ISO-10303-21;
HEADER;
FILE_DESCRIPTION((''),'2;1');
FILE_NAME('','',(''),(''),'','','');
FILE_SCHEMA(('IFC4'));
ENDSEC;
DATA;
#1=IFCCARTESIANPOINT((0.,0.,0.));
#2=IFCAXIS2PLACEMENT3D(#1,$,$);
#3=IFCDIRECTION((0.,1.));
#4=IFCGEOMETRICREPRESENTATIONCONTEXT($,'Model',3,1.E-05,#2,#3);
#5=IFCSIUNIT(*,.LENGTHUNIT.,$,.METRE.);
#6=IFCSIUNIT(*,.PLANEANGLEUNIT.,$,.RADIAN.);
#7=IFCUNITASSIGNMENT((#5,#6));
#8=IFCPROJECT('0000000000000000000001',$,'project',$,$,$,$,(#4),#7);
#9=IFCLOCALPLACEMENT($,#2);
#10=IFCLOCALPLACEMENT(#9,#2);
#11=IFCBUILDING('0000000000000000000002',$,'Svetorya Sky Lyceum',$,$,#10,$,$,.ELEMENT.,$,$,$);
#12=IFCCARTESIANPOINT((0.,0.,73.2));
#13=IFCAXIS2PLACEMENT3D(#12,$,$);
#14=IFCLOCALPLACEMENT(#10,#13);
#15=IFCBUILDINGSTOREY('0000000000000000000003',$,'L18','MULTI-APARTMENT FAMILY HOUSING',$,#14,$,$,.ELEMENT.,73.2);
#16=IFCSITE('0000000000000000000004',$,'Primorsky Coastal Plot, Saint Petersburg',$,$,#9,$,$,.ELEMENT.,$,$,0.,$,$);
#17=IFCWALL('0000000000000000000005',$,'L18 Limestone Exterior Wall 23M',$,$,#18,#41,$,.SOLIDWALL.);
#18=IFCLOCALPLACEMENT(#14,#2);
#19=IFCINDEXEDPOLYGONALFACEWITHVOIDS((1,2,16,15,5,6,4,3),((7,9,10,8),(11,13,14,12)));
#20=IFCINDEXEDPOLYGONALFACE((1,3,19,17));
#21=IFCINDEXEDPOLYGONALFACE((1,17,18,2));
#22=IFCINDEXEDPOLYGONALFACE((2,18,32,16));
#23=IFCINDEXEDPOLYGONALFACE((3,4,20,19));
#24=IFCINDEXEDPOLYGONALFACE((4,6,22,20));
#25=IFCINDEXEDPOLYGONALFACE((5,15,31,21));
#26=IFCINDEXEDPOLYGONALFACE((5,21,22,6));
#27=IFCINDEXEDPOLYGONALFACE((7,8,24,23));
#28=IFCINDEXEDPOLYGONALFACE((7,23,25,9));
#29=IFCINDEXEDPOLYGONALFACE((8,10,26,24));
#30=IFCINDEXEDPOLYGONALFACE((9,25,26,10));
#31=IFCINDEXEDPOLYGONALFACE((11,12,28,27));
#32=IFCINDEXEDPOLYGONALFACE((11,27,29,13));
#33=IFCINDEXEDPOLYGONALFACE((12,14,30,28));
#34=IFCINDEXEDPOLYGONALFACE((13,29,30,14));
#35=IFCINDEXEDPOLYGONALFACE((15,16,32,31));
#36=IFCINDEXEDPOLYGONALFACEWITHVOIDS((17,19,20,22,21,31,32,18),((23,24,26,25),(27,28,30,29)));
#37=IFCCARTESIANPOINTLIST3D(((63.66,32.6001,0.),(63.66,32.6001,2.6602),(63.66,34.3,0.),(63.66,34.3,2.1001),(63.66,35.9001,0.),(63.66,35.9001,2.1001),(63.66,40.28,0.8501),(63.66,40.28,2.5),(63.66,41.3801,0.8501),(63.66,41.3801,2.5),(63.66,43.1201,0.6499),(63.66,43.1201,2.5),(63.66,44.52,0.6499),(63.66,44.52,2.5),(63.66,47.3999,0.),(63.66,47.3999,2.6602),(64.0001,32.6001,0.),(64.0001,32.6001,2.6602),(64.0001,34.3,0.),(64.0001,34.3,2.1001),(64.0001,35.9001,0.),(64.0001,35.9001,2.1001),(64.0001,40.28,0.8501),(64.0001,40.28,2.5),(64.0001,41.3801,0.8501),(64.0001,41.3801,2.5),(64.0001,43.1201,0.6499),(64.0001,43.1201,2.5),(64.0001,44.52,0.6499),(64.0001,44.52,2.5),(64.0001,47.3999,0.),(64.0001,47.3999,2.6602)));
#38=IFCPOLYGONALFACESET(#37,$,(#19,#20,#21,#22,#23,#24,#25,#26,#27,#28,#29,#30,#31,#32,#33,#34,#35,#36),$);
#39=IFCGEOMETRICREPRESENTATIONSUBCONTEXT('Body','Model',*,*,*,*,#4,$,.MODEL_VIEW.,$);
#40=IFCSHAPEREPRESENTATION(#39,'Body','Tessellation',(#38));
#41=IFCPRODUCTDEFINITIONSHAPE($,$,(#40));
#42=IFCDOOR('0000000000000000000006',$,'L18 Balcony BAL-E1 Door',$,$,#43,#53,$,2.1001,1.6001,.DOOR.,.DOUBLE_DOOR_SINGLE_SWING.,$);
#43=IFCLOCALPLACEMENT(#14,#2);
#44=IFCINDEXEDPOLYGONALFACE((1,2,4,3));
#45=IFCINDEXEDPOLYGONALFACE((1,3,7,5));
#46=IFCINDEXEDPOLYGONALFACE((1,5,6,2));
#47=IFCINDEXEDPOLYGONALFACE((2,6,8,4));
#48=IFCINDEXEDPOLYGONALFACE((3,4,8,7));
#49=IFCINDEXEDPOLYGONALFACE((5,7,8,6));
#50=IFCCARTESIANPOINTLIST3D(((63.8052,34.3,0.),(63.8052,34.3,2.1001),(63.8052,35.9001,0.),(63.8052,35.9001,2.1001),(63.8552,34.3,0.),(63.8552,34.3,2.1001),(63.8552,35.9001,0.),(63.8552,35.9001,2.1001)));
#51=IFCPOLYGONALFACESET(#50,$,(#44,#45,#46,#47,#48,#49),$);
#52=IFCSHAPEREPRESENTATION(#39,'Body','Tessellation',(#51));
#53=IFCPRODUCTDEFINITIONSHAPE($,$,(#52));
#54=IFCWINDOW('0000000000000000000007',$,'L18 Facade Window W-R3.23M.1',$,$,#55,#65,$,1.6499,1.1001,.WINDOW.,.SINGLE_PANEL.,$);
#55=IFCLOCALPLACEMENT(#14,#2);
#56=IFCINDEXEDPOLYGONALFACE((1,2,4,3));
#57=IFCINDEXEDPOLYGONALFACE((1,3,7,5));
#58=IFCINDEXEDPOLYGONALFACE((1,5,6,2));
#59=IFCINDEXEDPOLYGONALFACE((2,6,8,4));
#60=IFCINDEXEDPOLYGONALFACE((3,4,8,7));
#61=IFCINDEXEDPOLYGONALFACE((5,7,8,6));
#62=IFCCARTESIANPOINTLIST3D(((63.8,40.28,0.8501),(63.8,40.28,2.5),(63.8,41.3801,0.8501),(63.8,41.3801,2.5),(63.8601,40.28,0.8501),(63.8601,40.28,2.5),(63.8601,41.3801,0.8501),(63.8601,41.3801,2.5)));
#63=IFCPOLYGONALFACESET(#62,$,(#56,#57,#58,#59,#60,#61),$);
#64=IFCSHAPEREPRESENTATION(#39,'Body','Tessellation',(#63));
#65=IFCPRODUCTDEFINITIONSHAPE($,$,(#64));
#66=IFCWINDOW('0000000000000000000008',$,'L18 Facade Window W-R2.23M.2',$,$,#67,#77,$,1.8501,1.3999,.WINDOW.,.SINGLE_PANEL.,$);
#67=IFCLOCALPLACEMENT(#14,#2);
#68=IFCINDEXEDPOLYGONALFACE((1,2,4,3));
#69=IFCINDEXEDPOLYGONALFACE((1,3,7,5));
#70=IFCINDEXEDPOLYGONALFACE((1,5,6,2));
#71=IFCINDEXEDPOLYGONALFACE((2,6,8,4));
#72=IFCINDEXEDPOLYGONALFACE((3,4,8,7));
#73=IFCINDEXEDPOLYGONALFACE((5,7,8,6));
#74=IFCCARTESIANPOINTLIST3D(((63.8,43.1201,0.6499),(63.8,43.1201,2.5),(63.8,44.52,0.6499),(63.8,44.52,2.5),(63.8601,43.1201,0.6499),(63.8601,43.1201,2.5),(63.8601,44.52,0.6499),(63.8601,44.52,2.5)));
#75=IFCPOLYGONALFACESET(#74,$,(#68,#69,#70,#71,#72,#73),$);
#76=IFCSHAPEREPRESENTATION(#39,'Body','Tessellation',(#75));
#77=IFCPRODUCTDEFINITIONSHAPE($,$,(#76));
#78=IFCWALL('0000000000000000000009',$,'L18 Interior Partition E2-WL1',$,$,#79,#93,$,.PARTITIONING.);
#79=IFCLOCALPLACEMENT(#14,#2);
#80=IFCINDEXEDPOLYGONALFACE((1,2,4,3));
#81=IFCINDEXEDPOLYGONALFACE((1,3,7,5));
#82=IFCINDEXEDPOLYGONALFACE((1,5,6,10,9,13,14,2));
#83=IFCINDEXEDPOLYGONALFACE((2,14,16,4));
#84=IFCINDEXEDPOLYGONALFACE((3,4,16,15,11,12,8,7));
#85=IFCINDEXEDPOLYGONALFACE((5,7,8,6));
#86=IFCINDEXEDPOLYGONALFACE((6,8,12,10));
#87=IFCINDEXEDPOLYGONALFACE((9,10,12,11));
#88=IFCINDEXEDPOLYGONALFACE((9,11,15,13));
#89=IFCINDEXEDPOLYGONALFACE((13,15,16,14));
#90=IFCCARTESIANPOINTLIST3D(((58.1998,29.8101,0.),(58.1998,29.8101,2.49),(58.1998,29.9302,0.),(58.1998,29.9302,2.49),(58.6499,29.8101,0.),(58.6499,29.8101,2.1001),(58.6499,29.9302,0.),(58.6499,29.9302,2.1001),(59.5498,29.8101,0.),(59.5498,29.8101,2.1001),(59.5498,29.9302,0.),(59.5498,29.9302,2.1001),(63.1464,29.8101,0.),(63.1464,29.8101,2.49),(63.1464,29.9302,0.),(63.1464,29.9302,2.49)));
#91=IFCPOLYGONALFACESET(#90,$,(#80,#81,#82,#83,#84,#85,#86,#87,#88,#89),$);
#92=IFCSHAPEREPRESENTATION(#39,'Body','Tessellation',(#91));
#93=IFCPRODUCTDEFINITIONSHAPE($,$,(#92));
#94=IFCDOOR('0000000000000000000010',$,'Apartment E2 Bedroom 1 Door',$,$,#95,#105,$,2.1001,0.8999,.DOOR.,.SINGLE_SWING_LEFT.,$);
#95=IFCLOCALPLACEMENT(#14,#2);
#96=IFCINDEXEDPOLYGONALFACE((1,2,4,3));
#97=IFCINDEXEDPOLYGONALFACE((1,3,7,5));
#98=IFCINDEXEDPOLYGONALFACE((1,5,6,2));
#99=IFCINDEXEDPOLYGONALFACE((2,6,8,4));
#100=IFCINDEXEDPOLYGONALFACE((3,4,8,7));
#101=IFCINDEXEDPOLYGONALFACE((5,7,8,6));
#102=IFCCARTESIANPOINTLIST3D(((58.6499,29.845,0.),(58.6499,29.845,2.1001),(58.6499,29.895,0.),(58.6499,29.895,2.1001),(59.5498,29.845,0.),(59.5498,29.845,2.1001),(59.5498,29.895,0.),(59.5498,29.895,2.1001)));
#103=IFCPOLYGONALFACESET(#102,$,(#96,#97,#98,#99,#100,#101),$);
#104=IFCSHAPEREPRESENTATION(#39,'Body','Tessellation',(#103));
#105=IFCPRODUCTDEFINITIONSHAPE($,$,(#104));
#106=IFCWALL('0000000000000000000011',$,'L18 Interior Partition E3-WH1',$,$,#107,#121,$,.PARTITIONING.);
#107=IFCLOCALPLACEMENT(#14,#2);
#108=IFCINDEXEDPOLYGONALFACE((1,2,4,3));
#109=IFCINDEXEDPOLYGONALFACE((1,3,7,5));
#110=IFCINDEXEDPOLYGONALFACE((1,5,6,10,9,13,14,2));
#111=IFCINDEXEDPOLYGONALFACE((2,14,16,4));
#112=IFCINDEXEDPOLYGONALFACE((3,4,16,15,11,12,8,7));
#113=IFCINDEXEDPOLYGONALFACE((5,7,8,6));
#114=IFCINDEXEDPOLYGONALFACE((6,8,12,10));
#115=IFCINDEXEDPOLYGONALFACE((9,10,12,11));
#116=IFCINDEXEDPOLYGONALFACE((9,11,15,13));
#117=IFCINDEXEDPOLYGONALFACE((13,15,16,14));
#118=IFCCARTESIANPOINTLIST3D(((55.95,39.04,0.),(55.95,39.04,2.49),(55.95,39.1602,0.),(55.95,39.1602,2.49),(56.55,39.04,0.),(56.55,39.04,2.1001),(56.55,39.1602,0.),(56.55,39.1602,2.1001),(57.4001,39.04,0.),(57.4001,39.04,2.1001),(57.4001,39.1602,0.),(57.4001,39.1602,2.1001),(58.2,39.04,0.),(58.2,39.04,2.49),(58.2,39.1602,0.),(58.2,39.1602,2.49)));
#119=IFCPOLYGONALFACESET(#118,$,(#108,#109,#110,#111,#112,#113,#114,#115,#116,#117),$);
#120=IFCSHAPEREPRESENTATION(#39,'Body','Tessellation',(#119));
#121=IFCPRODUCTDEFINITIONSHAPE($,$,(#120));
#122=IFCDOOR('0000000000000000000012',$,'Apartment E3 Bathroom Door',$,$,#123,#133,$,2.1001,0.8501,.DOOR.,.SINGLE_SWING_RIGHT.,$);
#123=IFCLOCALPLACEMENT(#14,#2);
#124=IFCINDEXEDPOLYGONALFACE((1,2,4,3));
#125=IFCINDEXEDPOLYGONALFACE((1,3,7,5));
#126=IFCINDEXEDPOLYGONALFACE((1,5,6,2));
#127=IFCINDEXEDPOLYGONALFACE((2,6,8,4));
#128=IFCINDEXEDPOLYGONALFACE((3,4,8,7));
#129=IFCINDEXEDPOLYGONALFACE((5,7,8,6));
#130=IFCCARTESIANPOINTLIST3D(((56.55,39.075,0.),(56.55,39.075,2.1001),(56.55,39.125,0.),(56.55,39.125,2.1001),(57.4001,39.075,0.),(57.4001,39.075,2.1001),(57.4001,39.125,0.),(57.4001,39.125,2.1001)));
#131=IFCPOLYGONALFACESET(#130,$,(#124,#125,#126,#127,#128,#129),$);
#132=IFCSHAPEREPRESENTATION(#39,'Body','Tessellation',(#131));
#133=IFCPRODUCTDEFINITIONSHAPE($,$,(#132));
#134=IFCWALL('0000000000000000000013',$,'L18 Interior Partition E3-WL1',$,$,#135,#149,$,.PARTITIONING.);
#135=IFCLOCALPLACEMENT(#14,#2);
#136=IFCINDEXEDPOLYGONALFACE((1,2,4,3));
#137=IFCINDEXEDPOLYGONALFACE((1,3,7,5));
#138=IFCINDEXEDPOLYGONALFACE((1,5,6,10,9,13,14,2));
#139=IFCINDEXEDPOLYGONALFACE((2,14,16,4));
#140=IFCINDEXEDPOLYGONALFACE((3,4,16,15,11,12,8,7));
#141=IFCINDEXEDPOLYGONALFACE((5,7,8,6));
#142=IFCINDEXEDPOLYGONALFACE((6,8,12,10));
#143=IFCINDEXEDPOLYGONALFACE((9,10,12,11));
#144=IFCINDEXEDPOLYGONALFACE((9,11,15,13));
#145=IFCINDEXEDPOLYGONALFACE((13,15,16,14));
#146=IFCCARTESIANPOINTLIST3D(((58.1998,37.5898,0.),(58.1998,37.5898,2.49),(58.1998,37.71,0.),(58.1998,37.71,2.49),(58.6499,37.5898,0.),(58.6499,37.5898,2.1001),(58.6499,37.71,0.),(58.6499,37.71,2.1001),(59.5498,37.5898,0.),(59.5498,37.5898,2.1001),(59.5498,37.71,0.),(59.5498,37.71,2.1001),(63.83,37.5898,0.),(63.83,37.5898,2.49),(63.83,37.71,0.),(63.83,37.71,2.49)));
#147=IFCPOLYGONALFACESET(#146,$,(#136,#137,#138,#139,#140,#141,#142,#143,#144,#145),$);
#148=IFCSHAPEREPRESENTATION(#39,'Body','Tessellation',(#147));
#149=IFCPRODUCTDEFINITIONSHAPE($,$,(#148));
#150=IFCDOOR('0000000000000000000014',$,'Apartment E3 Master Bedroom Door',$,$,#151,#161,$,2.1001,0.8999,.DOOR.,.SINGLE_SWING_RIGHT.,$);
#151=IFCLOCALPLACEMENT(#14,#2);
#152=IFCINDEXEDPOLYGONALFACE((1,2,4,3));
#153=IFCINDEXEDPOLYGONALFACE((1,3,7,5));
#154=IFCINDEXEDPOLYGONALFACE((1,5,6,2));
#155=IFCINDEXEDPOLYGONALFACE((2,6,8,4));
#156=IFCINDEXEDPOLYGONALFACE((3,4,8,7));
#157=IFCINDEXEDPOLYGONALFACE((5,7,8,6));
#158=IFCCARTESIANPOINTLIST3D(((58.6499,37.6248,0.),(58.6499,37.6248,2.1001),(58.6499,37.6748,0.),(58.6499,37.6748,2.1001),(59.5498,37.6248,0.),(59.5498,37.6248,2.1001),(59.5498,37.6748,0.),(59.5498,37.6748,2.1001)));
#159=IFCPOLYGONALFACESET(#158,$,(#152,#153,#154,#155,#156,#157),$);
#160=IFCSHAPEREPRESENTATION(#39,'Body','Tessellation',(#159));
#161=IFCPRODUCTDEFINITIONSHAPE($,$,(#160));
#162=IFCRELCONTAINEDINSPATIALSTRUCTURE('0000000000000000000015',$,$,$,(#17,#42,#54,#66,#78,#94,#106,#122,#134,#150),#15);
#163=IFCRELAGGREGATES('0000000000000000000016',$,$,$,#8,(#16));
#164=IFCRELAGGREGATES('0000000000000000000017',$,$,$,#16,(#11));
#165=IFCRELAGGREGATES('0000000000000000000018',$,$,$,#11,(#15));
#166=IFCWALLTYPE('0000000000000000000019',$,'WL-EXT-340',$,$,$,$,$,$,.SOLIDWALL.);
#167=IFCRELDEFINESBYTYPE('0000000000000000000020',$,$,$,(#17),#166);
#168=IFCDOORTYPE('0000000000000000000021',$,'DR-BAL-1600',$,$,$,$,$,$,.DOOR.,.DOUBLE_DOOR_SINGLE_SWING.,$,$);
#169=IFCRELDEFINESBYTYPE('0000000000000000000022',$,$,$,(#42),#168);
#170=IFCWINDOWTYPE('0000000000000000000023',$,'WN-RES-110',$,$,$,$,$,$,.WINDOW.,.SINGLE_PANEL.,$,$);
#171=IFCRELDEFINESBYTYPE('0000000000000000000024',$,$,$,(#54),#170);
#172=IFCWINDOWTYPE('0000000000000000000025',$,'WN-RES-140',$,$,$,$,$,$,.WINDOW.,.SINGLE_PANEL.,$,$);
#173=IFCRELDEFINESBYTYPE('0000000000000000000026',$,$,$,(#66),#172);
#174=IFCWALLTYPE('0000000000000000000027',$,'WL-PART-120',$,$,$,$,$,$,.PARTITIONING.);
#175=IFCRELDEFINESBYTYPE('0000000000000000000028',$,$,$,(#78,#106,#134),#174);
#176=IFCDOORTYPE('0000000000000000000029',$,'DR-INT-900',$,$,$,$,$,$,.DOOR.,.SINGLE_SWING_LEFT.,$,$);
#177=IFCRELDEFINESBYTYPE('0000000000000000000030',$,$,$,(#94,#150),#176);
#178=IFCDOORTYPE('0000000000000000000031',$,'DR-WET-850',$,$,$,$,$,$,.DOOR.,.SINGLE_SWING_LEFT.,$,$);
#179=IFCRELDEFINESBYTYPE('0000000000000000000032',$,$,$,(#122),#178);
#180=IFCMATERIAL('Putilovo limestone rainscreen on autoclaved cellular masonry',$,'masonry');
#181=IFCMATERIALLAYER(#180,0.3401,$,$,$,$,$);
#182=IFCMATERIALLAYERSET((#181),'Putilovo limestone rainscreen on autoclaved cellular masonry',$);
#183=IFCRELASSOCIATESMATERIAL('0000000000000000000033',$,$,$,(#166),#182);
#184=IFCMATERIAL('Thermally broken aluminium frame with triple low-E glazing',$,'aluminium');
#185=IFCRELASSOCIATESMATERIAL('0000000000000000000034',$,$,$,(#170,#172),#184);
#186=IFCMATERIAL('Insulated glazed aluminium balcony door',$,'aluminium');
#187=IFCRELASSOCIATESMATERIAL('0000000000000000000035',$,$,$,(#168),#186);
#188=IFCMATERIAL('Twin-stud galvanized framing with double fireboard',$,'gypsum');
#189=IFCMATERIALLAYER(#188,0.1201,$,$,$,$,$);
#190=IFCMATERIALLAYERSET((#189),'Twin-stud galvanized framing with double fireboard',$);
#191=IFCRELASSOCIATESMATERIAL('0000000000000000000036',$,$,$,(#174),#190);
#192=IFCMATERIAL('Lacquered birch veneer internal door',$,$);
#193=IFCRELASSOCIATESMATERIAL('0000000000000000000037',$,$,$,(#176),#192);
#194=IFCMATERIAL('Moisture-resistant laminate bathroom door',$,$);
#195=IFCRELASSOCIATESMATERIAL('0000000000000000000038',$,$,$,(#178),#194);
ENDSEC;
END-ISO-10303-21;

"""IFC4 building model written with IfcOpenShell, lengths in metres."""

from ifc_helpers import new_model, si_unit, direction, frame, frame_2d, origin, place, context, subcontext, project, spatial, rectangle, extrude, material, layer, layer_set, type_object, element, fill, save


model = new_model("IFC4")

# Units and contexts
model_context = context("Model", 3, precision=1e-05, world=origin(), true_north=direction((0.0, 1.0)))
body_context = subcontext(model_context, "Body", "Model", "MODEL_VIEW")
ifc_project = project(units=[si_unit("LENGTHUNIT", "METRE"), si_unit("PLANEANGLEUNIT", "RADIAN")], contexts=[model_context])

# Site, building, storey
site_placement = place(None, origin())
site = spatial("IfcSite", under=ifc_project, at=site_placement, Name="Primorsky Coastal Plot, Saint Petersburg", CompositionType="ELEMENT", RefElevation=0.0)
building_placement = place(site_placement, origin())
building = spatial("IfcBuilding", under=site, at=building_placement, Name="Svetorya Sky Lyceum", CompositionType="ELEMENT")
storey_placement = place(building_placement, frame((0.0, 0.0, 73.2)))
storey = spatial("IfcBuildingStorey", under=building, at=storey_placement, Name="L18", Description="MULTI-APARTMENT FAMILY HOUSING", CompositionType="ELEMENT", Elevation=73.2)

# Shared definitions
ifc_material_1 = material(Name="Putilovo limestone rainscreen on autoclaved cellular masonry", Category="masonry")
ifc_layer_1 = layer(ifc_material_1, 0.3401)
ifc_layer_set_1 = layer_set([ifc_layer_1], Name="Putilovo limestone rainscreen on autoclaved cellular masonry")
wall_type_1 = type_object("IfcWallType", Name="WL-EXT-340", PredefinedType="SOLIDWALL", material=ifc_layer_set_1)

# Shared definitions
ifc_material_2 = material(Name="Thermally broken aluminium frame with triple low-E glazing", Category="aluminium")
window_type_1 = type_object("IfcWindowType", Name="WN-RES-110", PartitioningType="SINGLE_PANEL", PredefinedType="WINDOW", material=ifc_material_2)

# Wall, openings, door, windows
wall_1_placement = place(storey_placement, frame((63.8301, 32.6001, 0.0), z_axis=(0.0, 0.0, 1.0), x_axis=(0.0, 1.0, 0.0)))
wall_1 = element("IfcWall", 1, at=wall_1_placement, inside=storey, type_object=wall_type_1, Name="L18 Limestone Exterior Wall 23M", PredefinedType="SOLIDWALL", context=body_context, shape_type="SweptSolid", body=[
    extrude(rectangle(XDim=14.7998, YDim=0.3401, at=frame_2d((7.3999, 0.0))), origin(), (0.0, 0.0, 1.0), 2.6602),
])
opening_1_placement = place(wall_1_placement, frame((1.7, 0.0, 0.0)))
opening_1 = element("IfcOpeningElement", 2, at=opening_1_placement, cuts=wall_1, PredefinedType="OPENING", context=body_context, shape_type="SweptSolid", body=[
    extrude(rectangle(XDim=1.6001, YDim=2.1001, at=frame_2d((0.8, 1.05))), frame((0.0, 0.1799, 0.0), z_axis=(0.0, -1.0, 0.0), x_axis=(1.0, 0.0, 0.0)), (0.0, 0.0, 1.0), 0.3601),
])
opening_2_placement = place(wall_1_placement, frame((7.6799, 0.0, 0.8501)))
opening_2 = element("IfcOpeningElement", 3, at=opening_2_placement, cuts=wall_1, PredefinedType="OPENING", context=body_context, shape_type="SweptSolid", body=[
    extrude(rectangle(XDim=1.1001, YDim=1.6499, at=frame_2d((0.55, 0.825))), frame((0.0, 0.1799, 0.0), z_axis=(0.0, -1.0, 0.0), x_axis=(1.0, 0.0, 0.0)), (0.0, 0.0, 1.0), 0.3601),
])
opening_3_placement = place(wall_1_placement, frame((10.52, 0.0, 0.6499)))
opening_3 = element("IfcOpeningElement", 4, at=opening_3_placement, cuts=wall_1, PredefinedType="OPENING", context=body_context, shape_type="SweptSolid", body=[
    extrude(rectangle(XDim=1.3999, YDim=1.8501, at=frame_2d((0.7, 0.925))), frame((0.0, 0.1799, 0.0), z_axis=(0.0, -1.0, 0.0), x_axis=(1.0, 0.0, 0.0)), (0.0, 0.0, 1.0), 0.3601),
])
ifc_material_3 = material(Name="Insulated glazed aluminium balcony door", Category="aluminium")
door_type_1 = type_object("IfcDoorType", Name="DR-BAL-1600", OperationType="DOUBLE_DOOR_SINGLE_SWING", PredefinedType="DOOR", material=ifc_material_3)
door_1_placement = place(opening_1_placement, origin())
door_1 = element("IfcDoor", 5, at=door_1_placement, inside=storey, type_object=door_type_1, Name="L18 Balcony BAL-E1 Door", OperationType="DOUBLE_DOOR_SINGLE_SWING", OverallHeight=2.1001, OverallWidth=1.6001, PredefinedType="DOOR", context=body_context, shape_type="SweptSolid", body=[
    extrude(rectangle(XDim=1.6001, YDim=2.1001, at=frame_2d((0.8, 1.05))), frame((0.0, 0.0249, 0.0), z_axis=(0.0, -1.0, 0.0), x_axis=(1.0, 0.0, 0.0)), (0.0, 0.0, 1.0), 0.05),
])
fill(opening_1, door_1)
window_1_placement = place(opening_2_placement, origin())
window_1 = element("IfcWindow", 6, at=window_1_placement, inside=storey, type_object=window_type_1, Name="L18 Facade Window W-R3.23M.1", OverallHeight=1.6499, OverallWidth=1.1001, PartitioningType="SINGLE_PANEL", PredefinedType="WINDOW", context=body_context, shape_type="SweptSolid", body=[
    extrude(rectangle(XDim=1.1001, YDim=1.6499, at=frame_2d((0.55, 0.825))), frame((0.0, 0.03, 0.0), z_axis=(0.0, -1.0, 0.0), x_axis=(1.0, 0.0, 0.0)), (0.0, 0.0, 1.0), 0.0601),
])
fill(opening_2, window_1)
window_type_2 = type_object("IfcWindowType", Name="WN-RES-140", PartitioningType="SINGLE_PANEL", PredefinedType="WINDOW", material=ifc_material_2)
window_2_placement = place(opening_3_placement, origin())
window_2 = element("IfcWindow", 7, at=window_2_placement, inside=storey, type_object=window_type_2, Name="L18 Facade Window W-R2.23M.2", OverallHeight=1.8501, OverallWidth=1.3999, PartitioningType="SINGLE_PANEL", PredefinedType="WINDOW", context=body_context, shape_type="SweptSolid", body=[
    extrude(rectangle(XDim=1.3999, YDim=1.8501, at=frame_2d((0.7, 0.925))), frame((0.0, 0.03, 0.0), z_axis=(0.0, -1.0, 0.0), x_axis=(1.0, 0.0, 0.0)), (0.0, 0.0, 1.0), 0.0601),
])
fill(opening_3, window_2)

# Walls, openings, doors
ifc_material_4 = material(Name="Twin-stud galvanized framing with double fireboard", Category="gypsum")
ifc_layer_2 = layer(ifc_material_4, 0.1201)
ifc_layer_set_2 = layer_set([ifc_layer_2], Name="Twin-stud galvanized framing with double fireboard")
wall_type_2 = type_object("IfcWallType", Name="WL-PART-120", PredefinedType="PARTITIONING", material=ifc_layer_set_2)
wall_2_placement = place(storey_placement, frame((58.2, 29.8701, 0.0), z_axis=(0.0, 0.0, 1.0), x_axis=(1.0, 0.0, 0.0)))
wall_2 = element("IfcWall", 8, at=wall_2_placement, inside=storey, type_object=wall_type_2, Name="L18 Interior Partition E2-WL1", PredefinedType="PARTITIONING", context=body_context, shape_type="SweptSolid", body=[
    extrude(rectangle(XDim=4.9465, YDim=0.1201, at=frame_2d((2.4731, 0.0))), origin(), (0.0, 0.0, 1.0), 2.49),
])
opening_4_placement = place(wall_2_placement, frame((0.45, 0.0, 0.0)))
opening_4 = element("IfcOpeningElement", 9, at=opening_4_placement, cuts=wall_2, PredefinedType="OPENING", context=body_context, shape_type="SweptSolid", body=[
    extrude(rectangle(XDim=0.8999, YDim=2.1001, at=frame_2d((0.45, 1.05))), frame((0.0, 0.0701, 0.0), z_axis=(0.0, -1.0, 0.0), x_axis=(1.0, 0.0, 0.0)), (0.0, 0.0, 1.0), 0.1401),
])
ifc_material_5 = material(Name="Lacquered birch veneer internal door")
door_type_2 = type_object("IfcDoorType", Name="DR-INT-900", OperationType="SINGLE_SWING_LEFT", PredefinedType="DOOR", material=ifc_material_5)
door_2_placement = place(opening_4_placement, origin())
door_2 = element("IfcDoor", 10, at=door_2_placement, inside=storey, type_object=door_type_2, Name="Apartment E2 Bedroom 1 Door", OperationType="SINGLE_SWING_LEFT", OverallHeight=2.1001, OverallWidth=0.8999, PredefinedType="DOOR", context=body_context, shape_type="SweptSolid", body=[
    extrude(rectangle(XDim=0.8999, YDim=2.1001, at=frame_2d((0.45, 1.05))), frame((0.0, 0.0249, 0.0), z_axis=(0.0, -1.0, 0.0), x_axis=(1.0, 0.0, 0.0)), (0.0, 0.0, 1.0), 0.05),
])
fill(opening_4, door_2)
wall_3_placement = place(storey_placement, frame((55.95, 39.1001, 0.0), z_axis=(0.0, 0.0, 1.0), x_axis=(1.0, 0.0, 0.0)))
wall_3 = element("IfcWall", 11, at=wall_3_placement, inside=storey, type_object=wall_type_2, Name="L18 Interior Partition E3-WH1", PredefinedType="PARTITIONING", context=body_context, shape_type="SweptSolid", body=[
    extrude(rectangle(XDim=2.25, YDim=0.1201, at=frame_2d((1.125, 0.0))), origin(), (0.0, 0.0, 1.0), 2.49),
])
opening_5_placement = place(wall_3_placement, frame((0.6001, 0.0, 0.0)))
opening_5 = element("IfcOpeningElement", 12, at=opening_5_placement, cuts=wall_3, PredefinedType="OPENING", context=body_context, shape_type="SweptSolid", body=[
    extrude(rectangle(XDim=0.8501, YDim=2.1001, at=frame_2d((0.425, 1.05))), frame((0.0, 0.0701, 0.0), z_axis=(0.0, -1.0, 0.0), x_axis=(1.0, 0.0, 0.0)), (0.0, 0.0, 1.0), 0.1401),
])
ifc_material_6 = material(Name="Moisture-resistant laminate bathroom door")
door_type_3 = type_object("IfcDoorType", Name="DR-WET-850", OperationType="SINGLE_SWING_LEFT", PredefinedType="DOOR", material=ifc_material_6)
door_3_placement = place(opening_5_placement, origin())
door_3 = element("IfcDoor", 13, at=door_3_placement, inside=storey, type_object=door_type_3, Name="Apartment E3 Bathroom Door", OperationType="SINGLE_SWING_RIGHT", OverallHeight=2.1001, OverallWidth=0.8501, PredefinedType="DOOR", context=body_context, shape_type="SweptSolid", body=[
    extrude(rectangle(XDim=0.8501, YDim=2.1001, at=frame_2d((0.425, 1.05))), frame((0.0, 0.0249, 0.0), z_axis=(0.0, -1.0, 0.0), x_axis=(1.0, 0.0, 0.0)), (0.0, 0.0, 1.0), 0.05),
])
fill(opening_5, door_3)
wall_4_placement = place(storey_placement, frame((58.2, 37.6499, 0.0), z_axis=(0.0, 0.0, 1.0), x_axis=(1.0, 0.0, 0.0)))
wall_4 = element("IfcWall", 14, at=wall_4_placement, inside=storey, type_object=wall_type_2, Name="L18 Interior Partition E3-WL1", PredefinedType="PARTITIONING", context=body_context, shape_type="SweptSolid", body=[
    extrude(rectangle(XDim=5.6301, YDim=0.1201, at=frame_2d((2.8149, 0.0))), origin(), (0.0, 0.0, 1.0), 2.49),
])
opening_6_placement = place(wall_4_placement, frame((0.45, 0.0, 0.0)))
opening_6 = element("IfcOpeningElement", 15, at=opening_6_placement, cuts=wall_4, PredefinedType="OPENING", context=body_context, shape_type="SweptSolid", body=[
    extrude(rectangle(XDim=0.8999, YDim=2.1001, at=frame_2d((0.45, 1.05))), frame((0.0, 0.0701, 0.0), z_axis=(0.0, -1.0, 0.0), x_axis=(1.0, 0.0, 0.0)), (0.0, 0.0, 1.0), 0.1401),
])
door_4_placement = place(opening_6_placement, origin())
door_4 = element("IfcDoor", 16, at=door_4_placement, inside=storey, type_object=door_type_2, Name="Apartment E3 Master Bedroom Door", OperationType="SINGLE_SWING_RIGHT", OverallHeight=2.1001, OverallWidth=0.8999, PredefinedType="DOOR", context=body_context, shape_type="SweptSolid", body=[
    extrude(rectangle(XDim=0.8999, YDim=2.1001, at=frame_2d((0.45, 1.05))), frame((0.0, 0.0249, 0.0), z_axis=(0.0, -1.0, 0.0), x_axis=(1.0, 0.0, 0.0)), (0.0, 0.0, 1.0), 0.05),
])
fill(opening_6, door_4)

save(model, "model.ifc")
